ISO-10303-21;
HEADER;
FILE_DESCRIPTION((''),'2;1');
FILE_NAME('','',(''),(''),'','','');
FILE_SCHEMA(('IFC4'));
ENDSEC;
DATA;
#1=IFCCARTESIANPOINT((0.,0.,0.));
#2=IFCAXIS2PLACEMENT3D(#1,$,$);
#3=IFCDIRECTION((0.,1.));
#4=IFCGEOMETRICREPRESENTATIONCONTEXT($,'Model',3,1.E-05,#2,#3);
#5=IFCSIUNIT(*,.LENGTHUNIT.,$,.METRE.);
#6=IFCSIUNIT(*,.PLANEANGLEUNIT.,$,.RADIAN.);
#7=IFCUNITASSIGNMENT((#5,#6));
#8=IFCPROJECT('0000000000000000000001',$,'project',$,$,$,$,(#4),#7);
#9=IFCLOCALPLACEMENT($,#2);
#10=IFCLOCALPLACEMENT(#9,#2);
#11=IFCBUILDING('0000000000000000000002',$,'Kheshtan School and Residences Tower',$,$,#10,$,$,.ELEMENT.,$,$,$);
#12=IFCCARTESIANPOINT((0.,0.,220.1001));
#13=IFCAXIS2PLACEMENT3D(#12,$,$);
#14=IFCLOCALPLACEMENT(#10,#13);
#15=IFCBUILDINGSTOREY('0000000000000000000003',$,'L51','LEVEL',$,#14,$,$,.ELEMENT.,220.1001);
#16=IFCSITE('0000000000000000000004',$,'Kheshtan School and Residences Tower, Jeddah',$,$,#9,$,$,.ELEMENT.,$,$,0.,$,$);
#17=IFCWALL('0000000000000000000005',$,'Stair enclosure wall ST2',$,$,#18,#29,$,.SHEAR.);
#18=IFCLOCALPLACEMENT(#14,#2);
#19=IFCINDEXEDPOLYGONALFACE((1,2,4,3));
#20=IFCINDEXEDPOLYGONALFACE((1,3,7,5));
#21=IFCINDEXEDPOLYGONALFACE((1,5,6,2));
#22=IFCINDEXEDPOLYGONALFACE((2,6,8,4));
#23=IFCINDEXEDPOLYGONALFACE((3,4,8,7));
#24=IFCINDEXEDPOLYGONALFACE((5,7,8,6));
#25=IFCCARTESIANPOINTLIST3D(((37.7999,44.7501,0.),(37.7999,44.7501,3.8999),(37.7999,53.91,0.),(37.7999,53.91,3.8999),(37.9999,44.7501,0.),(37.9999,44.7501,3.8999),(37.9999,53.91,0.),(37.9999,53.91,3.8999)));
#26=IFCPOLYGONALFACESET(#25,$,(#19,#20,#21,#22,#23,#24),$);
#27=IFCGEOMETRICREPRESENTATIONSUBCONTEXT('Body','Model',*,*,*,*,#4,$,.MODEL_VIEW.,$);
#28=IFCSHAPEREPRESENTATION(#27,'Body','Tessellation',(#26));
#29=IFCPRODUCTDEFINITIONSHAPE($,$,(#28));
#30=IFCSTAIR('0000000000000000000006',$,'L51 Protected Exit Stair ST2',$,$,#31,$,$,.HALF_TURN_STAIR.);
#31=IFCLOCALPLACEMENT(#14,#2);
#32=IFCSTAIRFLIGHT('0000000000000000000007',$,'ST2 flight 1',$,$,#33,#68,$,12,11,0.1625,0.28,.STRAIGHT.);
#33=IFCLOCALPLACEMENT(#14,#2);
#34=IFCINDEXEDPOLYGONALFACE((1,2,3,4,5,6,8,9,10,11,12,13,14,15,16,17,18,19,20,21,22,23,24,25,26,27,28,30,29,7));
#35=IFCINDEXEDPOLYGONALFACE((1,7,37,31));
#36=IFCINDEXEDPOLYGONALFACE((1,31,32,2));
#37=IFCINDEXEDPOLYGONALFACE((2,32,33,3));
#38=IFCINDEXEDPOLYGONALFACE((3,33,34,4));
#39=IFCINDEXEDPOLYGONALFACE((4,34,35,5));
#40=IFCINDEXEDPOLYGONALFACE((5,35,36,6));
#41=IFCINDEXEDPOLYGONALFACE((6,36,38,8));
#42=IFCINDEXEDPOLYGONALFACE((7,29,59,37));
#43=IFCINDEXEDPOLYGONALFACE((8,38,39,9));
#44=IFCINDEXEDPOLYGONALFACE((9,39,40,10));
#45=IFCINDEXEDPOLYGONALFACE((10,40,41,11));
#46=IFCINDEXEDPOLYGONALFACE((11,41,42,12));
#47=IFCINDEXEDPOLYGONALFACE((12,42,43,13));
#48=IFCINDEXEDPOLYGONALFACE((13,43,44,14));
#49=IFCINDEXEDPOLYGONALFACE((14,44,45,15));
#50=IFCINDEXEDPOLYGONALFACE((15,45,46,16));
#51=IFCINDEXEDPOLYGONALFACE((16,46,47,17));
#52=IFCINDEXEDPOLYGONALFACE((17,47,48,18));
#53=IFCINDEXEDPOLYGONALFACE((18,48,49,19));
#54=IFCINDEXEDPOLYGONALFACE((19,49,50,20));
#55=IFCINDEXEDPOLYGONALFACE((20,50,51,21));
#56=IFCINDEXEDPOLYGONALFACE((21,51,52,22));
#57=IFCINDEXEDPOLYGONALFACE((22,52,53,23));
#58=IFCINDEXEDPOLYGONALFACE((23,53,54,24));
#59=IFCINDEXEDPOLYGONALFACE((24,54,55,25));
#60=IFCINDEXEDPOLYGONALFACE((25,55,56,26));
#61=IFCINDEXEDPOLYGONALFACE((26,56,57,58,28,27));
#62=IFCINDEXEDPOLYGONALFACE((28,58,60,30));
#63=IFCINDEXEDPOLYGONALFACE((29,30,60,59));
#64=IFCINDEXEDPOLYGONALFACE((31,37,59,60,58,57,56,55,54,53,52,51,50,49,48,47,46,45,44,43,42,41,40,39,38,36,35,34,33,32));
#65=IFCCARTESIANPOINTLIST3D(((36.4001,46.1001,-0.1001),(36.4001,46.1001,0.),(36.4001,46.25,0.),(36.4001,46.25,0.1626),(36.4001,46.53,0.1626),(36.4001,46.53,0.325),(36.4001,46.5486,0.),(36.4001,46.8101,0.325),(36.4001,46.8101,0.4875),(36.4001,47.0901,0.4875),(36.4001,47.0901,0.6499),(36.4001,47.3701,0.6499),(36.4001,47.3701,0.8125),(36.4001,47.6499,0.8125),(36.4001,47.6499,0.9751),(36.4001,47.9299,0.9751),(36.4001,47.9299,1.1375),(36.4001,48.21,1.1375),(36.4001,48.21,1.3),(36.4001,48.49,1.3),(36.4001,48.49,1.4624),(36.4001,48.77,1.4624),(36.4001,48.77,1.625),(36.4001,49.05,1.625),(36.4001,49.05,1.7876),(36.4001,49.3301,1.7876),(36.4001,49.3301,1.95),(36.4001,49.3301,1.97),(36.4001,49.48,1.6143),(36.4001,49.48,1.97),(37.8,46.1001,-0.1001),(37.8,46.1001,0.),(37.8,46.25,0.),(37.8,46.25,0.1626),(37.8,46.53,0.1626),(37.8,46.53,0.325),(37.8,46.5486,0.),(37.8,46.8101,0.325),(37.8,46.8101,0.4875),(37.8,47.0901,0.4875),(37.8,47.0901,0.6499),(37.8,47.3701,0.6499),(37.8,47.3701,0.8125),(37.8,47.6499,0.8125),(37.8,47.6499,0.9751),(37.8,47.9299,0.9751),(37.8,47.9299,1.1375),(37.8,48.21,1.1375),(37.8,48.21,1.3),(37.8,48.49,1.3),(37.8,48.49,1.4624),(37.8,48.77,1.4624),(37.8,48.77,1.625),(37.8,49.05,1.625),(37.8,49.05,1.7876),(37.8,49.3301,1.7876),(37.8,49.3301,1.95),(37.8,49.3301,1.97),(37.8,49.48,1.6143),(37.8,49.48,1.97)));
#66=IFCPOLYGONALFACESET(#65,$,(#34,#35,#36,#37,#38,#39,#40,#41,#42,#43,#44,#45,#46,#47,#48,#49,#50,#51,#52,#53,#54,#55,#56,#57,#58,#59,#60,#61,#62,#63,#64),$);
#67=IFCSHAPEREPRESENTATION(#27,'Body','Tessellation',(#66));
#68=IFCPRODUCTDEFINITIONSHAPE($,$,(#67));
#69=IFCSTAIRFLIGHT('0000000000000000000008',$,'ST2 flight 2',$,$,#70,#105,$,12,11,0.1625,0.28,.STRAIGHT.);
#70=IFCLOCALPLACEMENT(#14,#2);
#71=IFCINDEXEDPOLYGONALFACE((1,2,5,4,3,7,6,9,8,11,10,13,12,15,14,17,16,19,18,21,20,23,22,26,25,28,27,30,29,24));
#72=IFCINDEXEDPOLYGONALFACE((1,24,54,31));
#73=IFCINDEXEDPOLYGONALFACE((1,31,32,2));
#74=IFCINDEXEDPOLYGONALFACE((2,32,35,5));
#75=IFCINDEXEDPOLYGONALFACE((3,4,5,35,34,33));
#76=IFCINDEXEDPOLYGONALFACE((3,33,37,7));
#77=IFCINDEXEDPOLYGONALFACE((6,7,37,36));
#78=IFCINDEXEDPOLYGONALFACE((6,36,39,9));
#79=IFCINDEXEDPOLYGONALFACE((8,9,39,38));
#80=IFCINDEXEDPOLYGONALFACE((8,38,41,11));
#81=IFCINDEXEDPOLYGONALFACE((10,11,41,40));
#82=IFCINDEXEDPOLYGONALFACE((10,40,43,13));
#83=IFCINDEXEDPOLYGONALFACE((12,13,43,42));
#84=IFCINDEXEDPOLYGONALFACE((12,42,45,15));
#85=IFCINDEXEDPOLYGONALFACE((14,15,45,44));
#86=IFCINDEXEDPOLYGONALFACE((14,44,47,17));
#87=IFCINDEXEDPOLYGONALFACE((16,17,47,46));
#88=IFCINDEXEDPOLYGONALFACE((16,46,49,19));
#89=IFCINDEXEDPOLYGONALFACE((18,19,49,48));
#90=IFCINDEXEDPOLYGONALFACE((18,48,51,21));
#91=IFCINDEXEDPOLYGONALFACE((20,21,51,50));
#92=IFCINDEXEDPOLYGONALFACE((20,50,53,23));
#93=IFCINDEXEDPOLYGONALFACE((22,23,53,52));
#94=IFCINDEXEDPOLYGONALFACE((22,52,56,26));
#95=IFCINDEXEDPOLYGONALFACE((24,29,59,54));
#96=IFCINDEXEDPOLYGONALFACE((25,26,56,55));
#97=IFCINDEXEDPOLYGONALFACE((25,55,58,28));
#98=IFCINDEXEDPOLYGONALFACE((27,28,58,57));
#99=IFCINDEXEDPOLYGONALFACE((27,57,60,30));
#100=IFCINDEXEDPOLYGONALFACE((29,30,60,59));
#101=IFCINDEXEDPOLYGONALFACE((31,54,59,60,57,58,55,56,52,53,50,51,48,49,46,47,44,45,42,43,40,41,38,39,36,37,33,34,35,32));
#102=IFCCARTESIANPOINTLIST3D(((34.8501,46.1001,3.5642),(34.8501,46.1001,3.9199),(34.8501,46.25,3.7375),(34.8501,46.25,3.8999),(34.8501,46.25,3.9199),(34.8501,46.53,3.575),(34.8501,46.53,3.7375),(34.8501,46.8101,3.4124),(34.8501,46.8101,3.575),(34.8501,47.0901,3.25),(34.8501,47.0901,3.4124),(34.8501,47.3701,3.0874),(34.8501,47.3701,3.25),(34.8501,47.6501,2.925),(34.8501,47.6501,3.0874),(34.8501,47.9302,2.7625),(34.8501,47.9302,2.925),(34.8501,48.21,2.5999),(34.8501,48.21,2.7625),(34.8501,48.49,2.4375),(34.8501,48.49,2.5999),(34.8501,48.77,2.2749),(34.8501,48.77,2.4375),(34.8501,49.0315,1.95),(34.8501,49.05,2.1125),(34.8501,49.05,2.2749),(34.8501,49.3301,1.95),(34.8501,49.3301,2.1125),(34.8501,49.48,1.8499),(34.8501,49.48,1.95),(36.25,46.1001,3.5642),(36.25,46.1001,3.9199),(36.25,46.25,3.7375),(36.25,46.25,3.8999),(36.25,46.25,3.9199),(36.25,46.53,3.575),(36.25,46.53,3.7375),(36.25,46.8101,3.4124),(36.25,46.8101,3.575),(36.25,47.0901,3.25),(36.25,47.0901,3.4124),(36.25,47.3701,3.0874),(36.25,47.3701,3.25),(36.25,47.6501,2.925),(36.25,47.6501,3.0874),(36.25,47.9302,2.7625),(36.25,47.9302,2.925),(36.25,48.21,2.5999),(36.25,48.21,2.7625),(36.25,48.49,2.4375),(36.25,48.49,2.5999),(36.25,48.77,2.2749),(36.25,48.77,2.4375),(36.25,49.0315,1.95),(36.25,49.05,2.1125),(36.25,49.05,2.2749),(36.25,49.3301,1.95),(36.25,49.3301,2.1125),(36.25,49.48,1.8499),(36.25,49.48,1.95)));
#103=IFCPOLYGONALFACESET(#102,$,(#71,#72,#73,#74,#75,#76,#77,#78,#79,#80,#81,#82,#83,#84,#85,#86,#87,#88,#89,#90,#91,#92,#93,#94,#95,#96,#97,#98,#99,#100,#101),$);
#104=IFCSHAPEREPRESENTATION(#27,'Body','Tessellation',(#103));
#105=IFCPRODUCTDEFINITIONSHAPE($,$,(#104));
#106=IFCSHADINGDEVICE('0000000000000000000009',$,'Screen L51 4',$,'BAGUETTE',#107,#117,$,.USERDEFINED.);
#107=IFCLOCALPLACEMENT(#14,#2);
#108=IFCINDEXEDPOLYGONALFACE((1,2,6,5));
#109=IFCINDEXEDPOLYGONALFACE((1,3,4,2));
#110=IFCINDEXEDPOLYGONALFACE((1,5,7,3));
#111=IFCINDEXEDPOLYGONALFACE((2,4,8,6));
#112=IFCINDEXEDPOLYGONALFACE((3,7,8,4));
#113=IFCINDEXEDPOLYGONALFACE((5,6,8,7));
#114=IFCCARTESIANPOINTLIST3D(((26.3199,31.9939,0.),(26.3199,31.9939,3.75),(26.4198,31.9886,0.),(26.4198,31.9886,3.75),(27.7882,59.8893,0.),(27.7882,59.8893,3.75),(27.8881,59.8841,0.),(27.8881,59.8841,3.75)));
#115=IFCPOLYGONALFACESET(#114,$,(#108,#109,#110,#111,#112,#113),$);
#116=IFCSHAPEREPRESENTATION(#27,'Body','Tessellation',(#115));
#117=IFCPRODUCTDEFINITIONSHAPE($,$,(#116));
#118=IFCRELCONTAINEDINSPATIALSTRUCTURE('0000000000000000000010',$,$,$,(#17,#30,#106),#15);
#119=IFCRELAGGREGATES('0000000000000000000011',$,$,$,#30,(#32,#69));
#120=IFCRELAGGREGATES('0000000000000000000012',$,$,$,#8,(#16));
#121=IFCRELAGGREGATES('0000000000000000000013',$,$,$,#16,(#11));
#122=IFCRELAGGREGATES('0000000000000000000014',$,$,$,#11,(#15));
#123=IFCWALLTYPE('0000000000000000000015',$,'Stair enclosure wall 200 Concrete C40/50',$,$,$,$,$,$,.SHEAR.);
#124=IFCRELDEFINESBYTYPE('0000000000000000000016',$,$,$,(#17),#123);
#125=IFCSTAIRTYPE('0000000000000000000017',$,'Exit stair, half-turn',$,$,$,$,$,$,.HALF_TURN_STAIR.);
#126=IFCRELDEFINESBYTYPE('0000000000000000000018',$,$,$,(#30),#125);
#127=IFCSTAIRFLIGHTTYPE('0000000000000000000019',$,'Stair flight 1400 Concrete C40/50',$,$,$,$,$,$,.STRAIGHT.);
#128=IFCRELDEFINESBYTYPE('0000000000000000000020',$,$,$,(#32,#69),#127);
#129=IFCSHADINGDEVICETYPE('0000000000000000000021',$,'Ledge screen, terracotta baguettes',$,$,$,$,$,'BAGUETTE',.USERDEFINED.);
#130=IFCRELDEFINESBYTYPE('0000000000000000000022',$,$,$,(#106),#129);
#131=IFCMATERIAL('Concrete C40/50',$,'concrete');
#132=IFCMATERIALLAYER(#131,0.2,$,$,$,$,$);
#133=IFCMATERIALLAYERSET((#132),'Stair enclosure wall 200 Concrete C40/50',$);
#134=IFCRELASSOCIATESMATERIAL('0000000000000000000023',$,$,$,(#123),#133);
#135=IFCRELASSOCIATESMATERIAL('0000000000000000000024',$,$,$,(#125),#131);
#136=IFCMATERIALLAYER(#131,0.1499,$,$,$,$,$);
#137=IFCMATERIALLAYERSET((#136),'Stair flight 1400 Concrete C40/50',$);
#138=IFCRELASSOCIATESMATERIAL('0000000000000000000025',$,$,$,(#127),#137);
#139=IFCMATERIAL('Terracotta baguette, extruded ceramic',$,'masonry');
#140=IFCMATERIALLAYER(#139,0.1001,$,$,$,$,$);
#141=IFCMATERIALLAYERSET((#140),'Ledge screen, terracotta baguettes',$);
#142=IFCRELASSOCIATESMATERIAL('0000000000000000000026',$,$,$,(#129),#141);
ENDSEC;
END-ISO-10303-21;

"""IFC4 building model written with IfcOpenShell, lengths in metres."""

from ifc_helpers import new_model, si_unit, direction, frame, frame_2d, origin, origin_2d, place, context, subcontext, project, spatial, polyline, rectangle, outline, extrude, material, layer, layer_set, type_object, element, aggregate, save


model = new_model("IFC4")

# Units and contexts
model_context = context("Model", 3, precision=1e-05, world=origin(), true_north=direction((0.0, 1.0)))
body_context = subcontext(model_context, "Body", "Model", "MODEL_VIEW")
ifc_project = project(units=[si_unit("LENGTHUNIT", "METRE"), si_unit("PLANEANGLEUNIT", "RADIAN")], contexts=[model_context])

# Site, building, storey
site_placement = place(None, origin())
site = spatial("IfcSite", under=ifc_project, at=site_placement, Name="Kheshtan School and Residences Tower, Jeddah", CompositionType="ELEMENT", RefElevation=0.0)
building_placement = place(site_placement, origin())
building = spatial("IfcBuilding", under=site, at=building_placement, Name="Kheshtan School and Residences Tower", CompositionType="ELEMENT")
storey_placement = place(building_placement, frame((0.0, 0.0, 220.1001)))
storey = spatial("IfcBuildingStorey", under=building, at=storey_placement, Name="L51", Description="LEVEL", CompositionType="ELEMENT", Elevation=220.1001)

# Wall
ifc_material_1 = material(Name="Concrete C40/50", Category="concrete")
ifc_layer_1 = layer(ifc_material_1, 0.2)
ifc_layer_set_1 = layer_set([ifc_layer_1], Name="Stair enclosure wall 200 Concrete C40/50")
wall_type_1 = type_object("IfcWallType", Name="Stair enclosure wall 200 Concrete C40/50", PredefinedType="SHEAR", material=ifc_layer_set_1)
wall_1_placement = place(storey_placement, frame((37.8999, 44.75, 0.0), z_axis=(0.0, 0.0, 1.0), x_axis=(0.0, 1.0, 0.0)))
element("IfcWall", 1, at=wall_1_placement, inside=storey, type_object=wall_type_1, Name="Stair enclosure wall ST2", PredefinedType="SHEAR", context=body_context, shape_type="SweptSolid", body=[
    extrude(rectangle(XDim=9.1599, YDim=0.2, at=frame_2d((4.5801, 0.0))), origin(), (0.0, 0.0, 1.0), 3.8999),
])

# Stair, stair flights
stair_type = type_object("IfcStairType", Name="Exit stair, half-turn", PredefinedType="HALF_TURN_STAIR", material=ifc_material_1)
stair_placement = place(storey_placement, origin())
stair = element("IfcStair", 2, at=stair_placement, inside=storey, type_object=stair_type, Name="L51 Protected Exit Stair ST2", PredefinedType="HALF_TURN_STAIR")
ifc_layer_2 = layer(ifc_material_1, 0.1499)
ifc_layer_set_2 = layer_set([ifc_layer_2], Name="Stair flight 1400 Concrete C40/50")
stair_flight_type = type_object("IfcStairFlightType", Name="Stair flight 1400 Concrete C40/50", PredefinedType="STRAIGHT", material=ifc_layer_set_2)
stair_flight_1_placement = place(storey_placement, frame((37.1001, 46.25, 0.0), z_axis=(0.0, 0.0, 1.0), x_axis=(0.0, 1.0, 0.0)))
stair_flight_1 = element("IfcStairFlight", 3, at=stair_flight_1_placement, type_object=stair_flight_type, Name="ST2 flight 1", NumberOfRisers=12, NumberOfTreads=11, PredefinedType="STRAIGHT", RiserHeight=0.1625, TreadLength=0.28, context=body_context, shape_type="SweptSolid", body=[
    extrude(outline(polyline([(-0.1499, -0.1001), (-0.1499, 0.0), (0.0, 0.0), (0.0, 0.1626), (0.28, 0.1626), (0.28, 0.325), (0.5601, 0.325), (0.5601, 0.4875), (0.8401, 0.4875), (0.8401, 0.6499), (1.1201, 0.6499), (1.1201, 0.8125), (1.3999, 0.8125), (1.3999, 0.9751), (1.6799, 0.9751), (1.6799, 1.1375), (1.96, 1.1375), (1.96, 1.3), (2.24, 1.3), (2.24, 1.4624), (2.52, 1.4624), (2.52, 1.625), (2.8, 1.625), (2.8, 1.7876), (3.0801, 1.7876), (3.0801, 1.95), (3.0801, 1.97), (3.23, 1.97), (3.23, 1.6143), (0.2986, 0.0), (-0.1499, -0.1001)])), frame((0.0, 0.7, 0.0), z_axis=(0.0, -1.0, 0.0), x_axis=(1.0, 0.0, 0.0)), (0.0, 0.0, 1.0), 1.3999),
])
stair_flight_2_placement = place(storey_placement, frame((35.55, 49.3301, 1.95), z_axis=(0.0, 0.0, 1.0), x_axis=(0.0, -1.0, 0.0)))
stair_flight_2 = element("IfcStairFlight", 4, at=stair_flight_2_placement, type_object=stair_flight_type, Name="ST2 flight 2", NumberOfRisers=12, NumberOfTreads=11, PredefinedType="STRAIGHT", RiserHeight=0.1625, TreadLength=0.28, context=body_context, shape_type="SweptSolid", body=[
    extrude(outline(polyline([(-0.1499, -0.1001), (-0.1499, 0.0), (0.0, 0.0), (0.0, 0.1626), (0.28, 0.1626), (0.28, 0.325), (0.5601, 0.325), (0.5601, 0.4875), (0.8401, 0.4875), (0.8401, 0.6499), (1.1201, 0.6499), (1.1201, 0.8125), (1.3999, 0.8125), (1.3999, 0.9751), (1.6799, 0.9751), (1.6799, 1.1375), (1.96, 1.1375), (1.96, 1.3), (2.24, 1.3), (2.24, 1.4624), (2.52, 1.4624), (2.52, 1.625), (2.8, 1.625), (2.8, 1.7876), (3.0801, 1.7876), (3.0801, 1.95), (3.0801, 1.97), (3.23, 1.97), (3.23, 1.6143), (0.2986, 0.0), (-0.1499, -0.1001)])), frame((0.0, 0.7, 0.0), z_axis=(0.0, -1.0, 0.0), x_axis=(1.0, 0.0, 0.0)), (0.0, 0.0, 1.0), 1.3999),
])
aggregate(stair, [stair_flight_1, stair_flight_2])

# Shading device
ifc_material_2 = material(Name="Terracotta baguette, extruded ceramic", Category="masonry")
ifc_layer_3 = layer(ifc_material_2, 0.1001)
ifc_layer_set_3 = layer_set([ifc_layer_3], Name="Ledge screen, terracotta baguettes")
shading_device_type = type_object("IfcShadingDeviceType", Name="Ledge screen, terracotta baguettes", ElementType="BAGUETTE", PredefinedType="USERDEFINED", material=ifc_layer_set_3)
shading_device_placement = place(storey_placement, frame((27.104, 45.939, 0.0), z_axis=(0.0, 0.0, 1.0), x_axis=(0.052563, 0.998618, 0.0)))
element("IfcShadingDevice", 5, at=shading_device_placement, inside=storey, type_object=shading_device_type, Name="Screen L51 4", ObjectType="BAGUETTE", PredefinedType="USERDEFINED", context=body_context, shape_type="SweptSolid", body=[
    extrude(rectangle(XDim=27.9341, YDim=0.1001, at=origin_2d()), origin(), (0.0, 0.0, 1.0), 3.75),
])

save(model, "model.ifc")
